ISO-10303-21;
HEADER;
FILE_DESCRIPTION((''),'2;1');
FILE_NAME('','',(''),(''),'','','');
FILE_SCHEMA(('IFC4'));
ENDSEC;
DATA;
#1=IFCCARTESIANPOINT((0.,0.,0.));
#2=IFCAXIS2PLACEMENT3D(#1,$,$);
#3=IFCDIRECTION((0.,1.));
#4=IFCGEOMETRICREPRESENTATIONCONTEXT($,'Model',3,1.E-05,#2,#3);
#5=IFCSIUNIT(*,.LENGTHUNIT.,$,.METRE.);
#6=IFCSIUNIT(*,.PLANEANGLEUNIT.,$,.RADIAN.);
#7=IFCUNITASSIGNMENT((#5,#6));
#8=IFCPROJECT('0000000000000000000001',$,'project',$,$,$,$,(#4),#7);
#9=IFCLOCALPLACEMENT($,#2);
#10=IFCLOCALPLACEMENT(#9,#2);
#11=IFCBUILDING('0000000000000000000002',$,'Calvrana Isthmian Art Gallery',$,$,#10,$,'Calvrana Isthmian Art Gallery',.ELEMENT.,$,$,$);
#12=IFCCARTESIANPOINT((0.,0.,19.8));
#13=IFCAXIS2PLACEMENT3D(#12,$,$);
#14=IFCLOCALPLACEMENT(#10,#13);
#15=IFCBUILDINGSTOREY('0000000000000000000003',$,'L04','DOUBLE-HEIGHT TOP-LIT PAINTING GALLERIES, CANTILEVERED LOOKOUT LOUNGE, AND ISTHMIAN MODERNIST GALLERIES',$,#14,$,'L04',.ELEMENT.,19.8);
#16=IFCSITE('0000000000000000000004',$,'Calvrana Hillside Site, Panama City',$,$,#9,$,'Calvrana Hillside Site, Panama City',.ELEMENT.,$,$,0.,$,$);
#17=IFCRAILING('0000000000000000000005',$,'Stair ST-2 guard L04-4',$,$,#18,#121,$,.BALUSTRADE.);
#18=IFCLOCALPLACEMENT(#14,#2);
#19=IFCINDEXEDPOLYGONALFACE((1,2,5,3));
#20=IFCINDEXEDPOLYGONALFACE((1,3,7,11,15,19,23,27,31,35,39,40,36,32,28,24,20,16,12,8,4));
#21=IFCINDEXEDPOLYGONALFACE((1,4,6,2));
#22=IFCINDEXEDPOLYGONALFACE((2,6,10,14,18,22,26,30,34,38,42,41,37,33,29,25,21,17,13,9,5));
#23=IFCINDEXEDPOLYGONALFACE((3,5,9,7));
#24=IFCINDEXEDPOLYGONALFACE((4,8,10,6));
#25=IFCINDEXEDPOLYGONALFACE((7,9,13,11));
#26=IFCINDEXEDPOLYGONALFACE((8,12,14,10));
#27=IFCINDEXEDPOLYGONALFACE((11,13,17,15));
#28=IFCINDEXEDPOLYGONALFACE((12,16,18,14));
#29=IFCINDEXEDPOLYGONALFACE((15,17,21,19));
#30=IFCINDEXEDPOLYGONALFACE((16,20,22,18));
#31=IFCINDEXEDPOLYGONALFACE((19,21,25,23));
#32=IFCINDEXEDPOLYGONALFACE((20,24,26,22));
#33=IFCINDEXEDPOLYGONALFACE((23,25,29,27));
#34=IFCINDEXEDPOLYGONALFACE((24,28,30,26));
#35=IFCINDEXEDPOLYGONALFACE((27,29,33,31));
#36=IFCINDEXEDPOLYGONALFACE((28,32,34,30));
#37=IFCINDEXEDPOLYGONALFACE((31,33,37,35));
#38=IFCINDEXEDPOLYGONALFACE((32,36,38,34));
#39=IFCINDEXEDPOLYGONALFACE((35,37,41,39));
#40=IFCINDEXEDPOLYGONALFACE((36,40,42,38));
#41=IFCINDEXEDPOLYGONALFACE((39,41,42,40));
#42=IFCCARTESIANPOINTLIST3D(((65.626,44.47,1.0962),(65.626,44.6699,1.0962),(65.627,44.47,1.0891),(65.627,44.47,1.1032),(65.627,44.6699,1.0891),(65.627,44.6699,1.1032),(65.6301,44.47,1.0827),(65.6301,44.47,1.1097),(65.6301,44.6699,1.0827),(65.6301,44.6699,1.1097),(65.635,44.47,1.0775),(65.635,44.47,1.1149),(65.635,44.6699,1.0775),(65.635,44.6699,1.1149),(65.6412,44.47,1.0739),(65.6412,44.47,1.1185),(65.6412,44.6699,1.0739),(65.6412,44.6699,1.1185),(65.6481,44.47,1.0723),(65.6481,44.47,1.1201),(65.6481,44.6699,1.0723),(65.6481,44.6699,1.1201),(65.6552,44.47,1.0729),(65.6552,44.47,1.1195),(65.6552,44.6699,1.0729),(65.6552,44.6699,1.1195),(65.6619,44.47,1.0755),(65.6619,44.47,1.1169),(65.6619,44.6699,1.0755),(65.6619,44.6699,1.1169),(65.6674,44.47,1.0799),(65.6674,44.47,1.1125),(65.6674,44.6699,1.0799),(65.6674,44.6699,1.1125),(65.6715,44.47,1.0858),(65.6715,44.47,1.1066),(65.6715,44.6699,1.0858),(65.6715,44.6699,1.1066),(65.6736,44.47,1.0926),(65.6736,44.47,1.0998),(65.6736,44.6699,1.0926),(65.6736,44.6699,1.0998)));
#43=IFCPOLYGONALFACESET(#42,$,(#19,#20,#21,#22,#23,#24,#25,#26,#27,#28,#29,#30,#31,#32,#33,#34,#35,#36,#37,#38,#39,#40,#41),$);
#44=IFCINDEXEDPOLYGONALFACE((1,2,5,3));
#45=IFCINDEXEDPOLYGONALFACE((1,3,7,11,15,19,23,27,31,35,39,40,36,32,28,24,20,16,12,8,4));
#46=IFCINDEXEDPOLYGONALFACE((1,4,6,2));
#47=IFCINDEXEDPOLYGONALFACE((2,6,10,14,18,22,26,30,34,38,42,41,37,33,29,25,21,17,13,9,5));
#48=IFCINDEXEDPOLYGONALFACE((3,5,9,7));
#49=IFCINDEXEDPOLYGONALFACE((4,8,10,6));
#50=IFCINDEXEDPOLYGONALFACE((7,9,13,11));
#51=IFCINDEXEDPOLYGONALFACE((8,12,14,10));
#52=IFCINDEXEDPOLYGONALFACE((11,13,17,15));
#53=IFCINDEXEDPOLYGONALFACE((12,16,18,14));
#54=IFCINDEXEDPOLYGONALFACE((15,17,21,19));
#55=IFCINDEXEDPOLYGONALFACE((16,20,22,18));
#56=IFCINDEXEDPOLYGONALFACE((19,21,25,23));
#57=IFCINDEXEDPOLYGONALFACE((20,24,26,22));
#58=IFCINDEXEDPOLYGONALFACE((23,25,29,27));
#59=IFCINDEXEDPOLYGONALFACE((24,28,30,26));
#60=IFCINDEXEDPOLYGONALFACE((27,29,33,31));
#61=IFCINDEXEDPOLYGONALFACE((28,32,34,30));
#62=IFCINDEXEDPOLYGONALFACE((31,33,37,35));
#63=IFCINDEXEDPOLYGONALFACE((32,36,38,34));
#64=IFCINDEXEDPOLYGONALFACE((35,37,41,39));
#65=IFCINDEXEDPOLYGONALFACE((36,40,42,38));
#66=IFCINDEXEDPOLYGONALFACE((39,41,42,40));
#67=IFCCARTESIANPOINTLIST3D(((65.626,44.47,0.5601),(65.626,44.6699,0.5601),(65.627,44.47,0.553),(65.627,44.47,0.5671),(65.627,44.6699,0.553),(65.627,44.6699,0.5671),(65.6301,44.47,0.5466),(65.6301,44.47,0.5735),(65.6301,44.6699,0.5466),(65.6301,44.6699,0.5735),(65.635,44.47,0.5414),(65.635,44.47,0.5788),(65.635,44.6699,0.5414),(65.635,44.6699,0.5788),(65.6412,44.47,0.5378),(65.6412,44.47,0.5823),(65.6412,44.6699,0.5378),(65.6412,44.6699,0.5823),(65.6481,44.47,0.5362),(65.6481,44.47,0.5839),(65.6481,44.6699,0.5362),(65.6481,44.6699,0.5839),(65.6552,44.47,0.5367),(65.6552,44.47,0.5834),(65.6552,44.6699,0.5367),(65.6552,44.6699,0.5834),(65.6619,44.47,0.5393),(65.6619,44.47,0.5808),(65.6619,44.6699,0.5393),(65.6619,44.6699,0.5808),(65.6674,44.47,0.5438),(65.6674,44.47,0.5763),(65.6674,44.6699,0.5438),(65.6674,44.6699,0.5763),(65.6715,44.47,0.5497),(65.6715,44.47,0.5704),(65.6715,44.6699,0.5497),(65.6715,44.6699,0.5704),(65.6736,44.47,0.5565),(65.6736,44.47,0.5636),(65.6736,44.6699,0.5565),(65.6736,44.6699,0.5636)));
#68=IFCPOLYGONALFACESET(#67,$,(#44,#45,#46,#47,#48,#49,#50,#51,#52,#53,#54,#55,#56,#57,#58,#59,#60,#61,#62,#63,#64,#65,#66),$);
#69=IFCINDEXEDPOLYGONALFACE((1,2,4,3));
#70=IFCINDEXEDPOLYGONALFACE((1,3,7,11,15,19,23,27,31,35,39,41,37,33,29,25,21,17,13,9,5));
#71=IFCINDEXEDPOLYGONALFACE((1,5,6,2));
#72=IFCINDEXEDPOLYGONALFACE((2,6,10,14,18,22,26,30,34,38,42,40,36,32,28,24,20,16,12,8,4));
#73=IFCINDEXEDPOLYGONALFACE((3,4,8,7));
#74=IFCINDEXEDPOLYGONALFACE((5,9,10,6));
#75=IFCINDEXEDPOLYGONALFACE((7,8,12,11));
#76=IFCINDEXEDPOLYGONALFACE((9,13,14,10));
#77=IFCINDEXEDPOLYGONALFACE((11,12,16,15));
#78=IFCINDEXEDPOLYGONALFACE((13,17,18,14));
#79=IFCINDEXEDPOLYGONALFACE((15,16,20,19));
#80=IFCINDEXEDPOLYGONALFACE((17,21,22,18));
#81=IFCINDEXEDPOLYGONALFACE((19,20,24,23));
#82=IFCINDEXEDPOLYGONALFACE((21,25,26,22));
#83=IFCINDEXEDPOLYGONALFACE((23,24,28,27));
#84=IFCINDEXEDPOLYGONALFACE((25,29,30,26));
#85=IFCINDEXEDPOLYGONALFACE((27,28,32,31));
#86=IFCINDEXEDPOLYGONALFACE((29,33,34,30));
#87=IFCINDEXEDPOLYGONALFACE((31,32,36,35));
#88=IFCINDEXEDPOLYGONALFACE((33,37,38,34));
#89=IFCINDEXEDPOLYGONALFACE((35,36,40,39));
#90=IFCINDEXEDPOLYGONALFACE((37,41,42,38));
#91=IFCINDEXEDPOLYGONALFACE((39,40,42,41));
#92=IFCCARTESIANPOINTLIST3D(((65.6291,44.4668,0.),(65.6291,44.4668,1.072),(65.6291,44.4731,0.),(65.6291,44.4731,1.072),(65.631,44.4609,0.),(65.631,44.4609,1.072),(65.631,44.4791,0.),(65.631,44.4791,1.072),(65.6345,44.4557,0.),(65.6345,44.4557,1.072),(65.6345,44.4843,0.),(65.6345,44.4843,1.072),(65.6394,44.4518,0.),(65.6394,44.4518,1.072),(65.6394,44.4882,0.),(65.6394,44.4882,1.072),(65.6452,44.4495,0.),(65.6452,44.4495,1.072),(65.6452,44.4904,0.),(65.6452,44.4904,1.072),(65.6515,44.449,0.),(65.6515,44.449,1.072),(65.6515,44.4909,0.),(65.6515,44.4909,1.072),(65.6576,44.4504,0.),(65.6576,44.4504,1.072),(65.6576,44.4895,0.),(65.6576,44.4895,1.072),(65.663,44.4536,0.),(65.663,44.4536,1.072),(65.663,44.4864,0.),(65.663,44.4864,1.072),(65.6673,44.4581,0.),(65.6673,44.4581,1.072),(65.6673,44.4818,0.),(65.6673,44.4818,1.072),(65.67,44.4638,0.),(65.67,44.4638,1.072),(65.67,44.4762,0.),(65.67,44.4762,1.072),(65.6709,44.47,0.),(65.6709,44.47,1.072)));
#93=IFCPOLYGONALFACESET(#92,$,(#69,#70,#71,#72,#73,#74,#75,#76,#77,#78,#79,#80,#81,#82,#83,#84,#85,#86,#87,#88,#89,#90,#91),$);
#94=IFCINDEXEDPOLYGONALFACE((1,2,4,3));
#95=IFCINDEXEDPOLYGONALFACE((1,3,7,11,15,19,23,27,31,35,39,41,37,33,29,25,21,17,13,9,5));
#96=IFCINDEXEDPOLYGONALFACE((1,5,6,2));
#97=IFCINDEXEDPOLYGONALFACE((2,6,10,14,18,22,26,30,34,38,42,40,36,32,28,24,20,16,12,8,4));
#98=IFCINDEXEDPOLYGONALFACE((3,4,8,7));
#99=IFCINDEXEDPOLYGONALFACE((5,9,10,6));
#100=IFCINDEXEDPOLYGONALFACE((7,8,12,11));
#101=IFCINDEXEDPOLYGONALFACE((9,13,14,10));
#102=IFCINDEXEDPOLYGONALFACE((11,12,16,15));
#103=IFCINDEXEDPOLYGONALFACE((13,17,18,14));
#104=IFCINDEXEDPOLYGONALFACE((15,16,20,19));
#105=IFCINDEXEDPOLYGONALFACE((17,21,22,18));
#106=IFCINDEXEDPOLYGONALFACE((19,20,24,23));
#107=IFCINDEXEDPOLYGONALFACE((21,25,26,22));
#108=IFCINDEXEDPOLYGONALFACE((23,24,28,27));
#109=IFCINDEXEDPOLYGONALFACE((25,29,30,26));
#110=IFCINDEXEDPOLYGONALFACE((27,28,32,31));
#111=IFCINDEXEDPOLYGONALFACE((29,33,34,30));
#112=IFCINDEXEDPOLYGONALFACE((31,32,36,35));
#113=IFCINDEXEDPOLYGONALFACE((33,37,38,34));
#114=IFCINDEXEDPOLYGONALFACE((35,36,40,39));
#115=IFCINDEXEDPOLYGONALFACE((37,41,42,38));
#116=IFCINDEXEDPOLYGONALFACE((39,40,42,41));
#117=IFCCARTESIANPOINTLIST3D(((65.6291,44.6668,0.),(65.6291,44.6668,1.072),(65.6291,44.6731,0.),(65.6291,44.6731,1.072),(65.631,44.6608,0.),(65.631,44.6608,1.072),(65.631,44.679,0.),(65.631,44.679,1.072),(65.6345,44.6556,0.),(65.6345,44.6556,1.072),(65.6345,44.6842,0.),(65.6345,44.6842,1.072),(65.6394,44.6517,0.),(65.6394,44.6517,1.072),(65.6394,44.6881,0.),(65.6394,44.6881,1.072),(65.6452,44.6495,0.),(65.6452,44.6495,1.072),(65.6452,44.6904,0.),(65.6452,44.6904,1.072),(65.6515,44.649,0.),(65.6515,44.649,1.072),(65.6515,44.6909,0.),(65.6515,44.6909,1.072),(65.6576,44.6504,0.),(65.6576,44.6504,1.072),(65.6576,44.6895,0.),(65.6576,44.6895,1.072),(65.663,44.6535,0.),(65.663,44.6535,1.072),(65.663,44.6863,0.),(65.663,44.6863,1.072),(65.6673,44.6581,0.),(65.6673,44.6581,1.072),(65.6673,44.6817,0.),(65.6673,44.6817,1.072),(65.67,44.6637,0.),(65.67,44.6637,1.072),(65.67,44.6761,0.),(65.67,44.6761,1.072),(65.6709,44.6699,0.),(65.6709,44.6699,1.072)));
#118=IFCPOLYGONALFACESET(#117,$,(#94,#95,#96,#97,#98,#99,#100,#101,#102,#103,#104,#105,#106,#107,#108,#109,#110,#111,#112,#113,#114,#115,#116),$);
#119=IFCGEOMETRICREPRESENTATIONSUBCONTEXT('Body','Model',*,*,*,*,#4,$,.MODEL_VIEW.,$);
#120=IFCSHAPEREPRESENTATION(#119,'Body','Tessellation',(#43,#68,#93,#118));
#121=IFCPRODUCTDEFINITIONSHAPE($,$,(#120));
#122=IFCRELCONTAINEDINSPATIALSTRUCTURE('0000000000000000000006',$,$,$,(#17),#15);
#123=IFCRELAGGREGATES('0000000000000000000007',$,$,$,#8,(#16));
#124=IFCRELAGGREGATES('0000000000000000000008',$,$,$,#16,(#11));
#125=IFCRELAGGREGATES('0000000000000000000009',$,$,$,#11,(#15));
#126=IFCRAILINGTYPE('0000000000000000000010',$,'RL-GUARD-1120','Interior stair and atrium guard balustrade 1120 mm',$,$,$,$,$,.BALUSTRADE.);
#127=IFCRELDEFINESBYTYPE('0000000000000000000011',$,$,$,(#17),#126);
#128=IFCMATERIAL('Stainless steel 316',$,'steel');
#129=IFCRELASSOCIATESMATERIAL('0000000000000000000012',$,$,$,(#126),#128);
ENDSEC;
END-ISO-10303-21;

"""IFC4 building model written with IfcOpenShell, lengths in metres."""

from ifc_helpers import new_model, si_unit, direction, frame, origin, origin_2d, place, context, subcontext, project, spatial, circle, extrude, material, type_object, element, save


model = new_model("IFC4")

# Units and contexts
model_context = context("Model", 3, precision=1e-05, world=origin(), true_north=direction((0.0, 1.0)))
body_context = subcontext(model_context, "Body", "Model", "MODEL_VIEW")
ifc_project = project(units=[si_unit("LENGTHUNIT", "METRE"), si_unit("PLANEANGLEUNIT", "RADIAN")], contexts=[model_context])

# Site, building, storey
site_placement = place(None, origin())
site = spatial("IfcSite", under=ifc_project, at=site_placement, Name="Calvrana Hillside Site, Panama City", LongName="Calvrana Hillside Site, Panama City", CompositionType="ELEMENT", RefElevation=0.0)
building_placement = place(site_placement, origin())
building = spatial("IfcBuilding", under=site, at=building_placement, Name="Calvrana Isthmian Art Gallery", LongName="Calvrana Isthmian Art Gallery", CompositionType="ELEMENT")
storey_placement = place(building_placement, frame((0.0, 0.0, 19.8)))
storey = spatial("IfcBuildingStorey", under=building, at=storey_placement, Name="L04", Description="DOUBLE-HEIGHT TOP-LIT PAINTING GALLERIES, CANTILEVERED LOOKOUT LOUNGE, AND ISTHMIAN MODERNIST GALLERIES", LongName="L04", CompositionType="ELEMENT", Elevation=19.8)

# Railing
ifc_material_1 = material(Name="Stainless steel 316", Category="steel")
railing_type_1 = type_object("IfcRailingType", Name="RL-GUARD-1120", Description="Interior stair and atrium guard balustrade 1120 mm", PredefinedType="BALUSTRADE", material=ifc_material_1)
railing_1_placement = place(storey_placement, frame((65.6499, 44.47, 0.0)))
element("IfcRailing", 1, at=railing_1_placement, inside=storey, type_object=railing_type_1, Name="Stair ST-2 guard L04-4", PredefinedType="BALUSTRADE", context=body_context, shape_type="SweptSolid", body=[
    extrude(circle(Radius=0.0239, at=origin_2d()), frame((0.0, 0.0, 1.0962), z_axis=(0.0, 1.0, 0.0), x_axis=(-1.0, 0.0, 0.0)), (0.0, 0.0, 1.0), 0.2),
    extrude(circle(Radius=0.0239, at=origin_2d()), frame((0.0, 0.0, 0.5601), z_axis=(0.0, 1.0, 0.0), x_axis=(-1.0, 0.0, 0.0)), (0.0, 0.0, 1.0), 0.2),
    extrude(circle(Radius=0.021, at=origin_2d()), origin(), (0.0, 0.0, 1.0), 1.072),
    extrude(circle(Radius=0.021, at=origin_2d()), frame((0.0, 0.2, 0.0)), (0.0, 0.0, 1.0), 1.072),
])

save(model, "model.ifc")
